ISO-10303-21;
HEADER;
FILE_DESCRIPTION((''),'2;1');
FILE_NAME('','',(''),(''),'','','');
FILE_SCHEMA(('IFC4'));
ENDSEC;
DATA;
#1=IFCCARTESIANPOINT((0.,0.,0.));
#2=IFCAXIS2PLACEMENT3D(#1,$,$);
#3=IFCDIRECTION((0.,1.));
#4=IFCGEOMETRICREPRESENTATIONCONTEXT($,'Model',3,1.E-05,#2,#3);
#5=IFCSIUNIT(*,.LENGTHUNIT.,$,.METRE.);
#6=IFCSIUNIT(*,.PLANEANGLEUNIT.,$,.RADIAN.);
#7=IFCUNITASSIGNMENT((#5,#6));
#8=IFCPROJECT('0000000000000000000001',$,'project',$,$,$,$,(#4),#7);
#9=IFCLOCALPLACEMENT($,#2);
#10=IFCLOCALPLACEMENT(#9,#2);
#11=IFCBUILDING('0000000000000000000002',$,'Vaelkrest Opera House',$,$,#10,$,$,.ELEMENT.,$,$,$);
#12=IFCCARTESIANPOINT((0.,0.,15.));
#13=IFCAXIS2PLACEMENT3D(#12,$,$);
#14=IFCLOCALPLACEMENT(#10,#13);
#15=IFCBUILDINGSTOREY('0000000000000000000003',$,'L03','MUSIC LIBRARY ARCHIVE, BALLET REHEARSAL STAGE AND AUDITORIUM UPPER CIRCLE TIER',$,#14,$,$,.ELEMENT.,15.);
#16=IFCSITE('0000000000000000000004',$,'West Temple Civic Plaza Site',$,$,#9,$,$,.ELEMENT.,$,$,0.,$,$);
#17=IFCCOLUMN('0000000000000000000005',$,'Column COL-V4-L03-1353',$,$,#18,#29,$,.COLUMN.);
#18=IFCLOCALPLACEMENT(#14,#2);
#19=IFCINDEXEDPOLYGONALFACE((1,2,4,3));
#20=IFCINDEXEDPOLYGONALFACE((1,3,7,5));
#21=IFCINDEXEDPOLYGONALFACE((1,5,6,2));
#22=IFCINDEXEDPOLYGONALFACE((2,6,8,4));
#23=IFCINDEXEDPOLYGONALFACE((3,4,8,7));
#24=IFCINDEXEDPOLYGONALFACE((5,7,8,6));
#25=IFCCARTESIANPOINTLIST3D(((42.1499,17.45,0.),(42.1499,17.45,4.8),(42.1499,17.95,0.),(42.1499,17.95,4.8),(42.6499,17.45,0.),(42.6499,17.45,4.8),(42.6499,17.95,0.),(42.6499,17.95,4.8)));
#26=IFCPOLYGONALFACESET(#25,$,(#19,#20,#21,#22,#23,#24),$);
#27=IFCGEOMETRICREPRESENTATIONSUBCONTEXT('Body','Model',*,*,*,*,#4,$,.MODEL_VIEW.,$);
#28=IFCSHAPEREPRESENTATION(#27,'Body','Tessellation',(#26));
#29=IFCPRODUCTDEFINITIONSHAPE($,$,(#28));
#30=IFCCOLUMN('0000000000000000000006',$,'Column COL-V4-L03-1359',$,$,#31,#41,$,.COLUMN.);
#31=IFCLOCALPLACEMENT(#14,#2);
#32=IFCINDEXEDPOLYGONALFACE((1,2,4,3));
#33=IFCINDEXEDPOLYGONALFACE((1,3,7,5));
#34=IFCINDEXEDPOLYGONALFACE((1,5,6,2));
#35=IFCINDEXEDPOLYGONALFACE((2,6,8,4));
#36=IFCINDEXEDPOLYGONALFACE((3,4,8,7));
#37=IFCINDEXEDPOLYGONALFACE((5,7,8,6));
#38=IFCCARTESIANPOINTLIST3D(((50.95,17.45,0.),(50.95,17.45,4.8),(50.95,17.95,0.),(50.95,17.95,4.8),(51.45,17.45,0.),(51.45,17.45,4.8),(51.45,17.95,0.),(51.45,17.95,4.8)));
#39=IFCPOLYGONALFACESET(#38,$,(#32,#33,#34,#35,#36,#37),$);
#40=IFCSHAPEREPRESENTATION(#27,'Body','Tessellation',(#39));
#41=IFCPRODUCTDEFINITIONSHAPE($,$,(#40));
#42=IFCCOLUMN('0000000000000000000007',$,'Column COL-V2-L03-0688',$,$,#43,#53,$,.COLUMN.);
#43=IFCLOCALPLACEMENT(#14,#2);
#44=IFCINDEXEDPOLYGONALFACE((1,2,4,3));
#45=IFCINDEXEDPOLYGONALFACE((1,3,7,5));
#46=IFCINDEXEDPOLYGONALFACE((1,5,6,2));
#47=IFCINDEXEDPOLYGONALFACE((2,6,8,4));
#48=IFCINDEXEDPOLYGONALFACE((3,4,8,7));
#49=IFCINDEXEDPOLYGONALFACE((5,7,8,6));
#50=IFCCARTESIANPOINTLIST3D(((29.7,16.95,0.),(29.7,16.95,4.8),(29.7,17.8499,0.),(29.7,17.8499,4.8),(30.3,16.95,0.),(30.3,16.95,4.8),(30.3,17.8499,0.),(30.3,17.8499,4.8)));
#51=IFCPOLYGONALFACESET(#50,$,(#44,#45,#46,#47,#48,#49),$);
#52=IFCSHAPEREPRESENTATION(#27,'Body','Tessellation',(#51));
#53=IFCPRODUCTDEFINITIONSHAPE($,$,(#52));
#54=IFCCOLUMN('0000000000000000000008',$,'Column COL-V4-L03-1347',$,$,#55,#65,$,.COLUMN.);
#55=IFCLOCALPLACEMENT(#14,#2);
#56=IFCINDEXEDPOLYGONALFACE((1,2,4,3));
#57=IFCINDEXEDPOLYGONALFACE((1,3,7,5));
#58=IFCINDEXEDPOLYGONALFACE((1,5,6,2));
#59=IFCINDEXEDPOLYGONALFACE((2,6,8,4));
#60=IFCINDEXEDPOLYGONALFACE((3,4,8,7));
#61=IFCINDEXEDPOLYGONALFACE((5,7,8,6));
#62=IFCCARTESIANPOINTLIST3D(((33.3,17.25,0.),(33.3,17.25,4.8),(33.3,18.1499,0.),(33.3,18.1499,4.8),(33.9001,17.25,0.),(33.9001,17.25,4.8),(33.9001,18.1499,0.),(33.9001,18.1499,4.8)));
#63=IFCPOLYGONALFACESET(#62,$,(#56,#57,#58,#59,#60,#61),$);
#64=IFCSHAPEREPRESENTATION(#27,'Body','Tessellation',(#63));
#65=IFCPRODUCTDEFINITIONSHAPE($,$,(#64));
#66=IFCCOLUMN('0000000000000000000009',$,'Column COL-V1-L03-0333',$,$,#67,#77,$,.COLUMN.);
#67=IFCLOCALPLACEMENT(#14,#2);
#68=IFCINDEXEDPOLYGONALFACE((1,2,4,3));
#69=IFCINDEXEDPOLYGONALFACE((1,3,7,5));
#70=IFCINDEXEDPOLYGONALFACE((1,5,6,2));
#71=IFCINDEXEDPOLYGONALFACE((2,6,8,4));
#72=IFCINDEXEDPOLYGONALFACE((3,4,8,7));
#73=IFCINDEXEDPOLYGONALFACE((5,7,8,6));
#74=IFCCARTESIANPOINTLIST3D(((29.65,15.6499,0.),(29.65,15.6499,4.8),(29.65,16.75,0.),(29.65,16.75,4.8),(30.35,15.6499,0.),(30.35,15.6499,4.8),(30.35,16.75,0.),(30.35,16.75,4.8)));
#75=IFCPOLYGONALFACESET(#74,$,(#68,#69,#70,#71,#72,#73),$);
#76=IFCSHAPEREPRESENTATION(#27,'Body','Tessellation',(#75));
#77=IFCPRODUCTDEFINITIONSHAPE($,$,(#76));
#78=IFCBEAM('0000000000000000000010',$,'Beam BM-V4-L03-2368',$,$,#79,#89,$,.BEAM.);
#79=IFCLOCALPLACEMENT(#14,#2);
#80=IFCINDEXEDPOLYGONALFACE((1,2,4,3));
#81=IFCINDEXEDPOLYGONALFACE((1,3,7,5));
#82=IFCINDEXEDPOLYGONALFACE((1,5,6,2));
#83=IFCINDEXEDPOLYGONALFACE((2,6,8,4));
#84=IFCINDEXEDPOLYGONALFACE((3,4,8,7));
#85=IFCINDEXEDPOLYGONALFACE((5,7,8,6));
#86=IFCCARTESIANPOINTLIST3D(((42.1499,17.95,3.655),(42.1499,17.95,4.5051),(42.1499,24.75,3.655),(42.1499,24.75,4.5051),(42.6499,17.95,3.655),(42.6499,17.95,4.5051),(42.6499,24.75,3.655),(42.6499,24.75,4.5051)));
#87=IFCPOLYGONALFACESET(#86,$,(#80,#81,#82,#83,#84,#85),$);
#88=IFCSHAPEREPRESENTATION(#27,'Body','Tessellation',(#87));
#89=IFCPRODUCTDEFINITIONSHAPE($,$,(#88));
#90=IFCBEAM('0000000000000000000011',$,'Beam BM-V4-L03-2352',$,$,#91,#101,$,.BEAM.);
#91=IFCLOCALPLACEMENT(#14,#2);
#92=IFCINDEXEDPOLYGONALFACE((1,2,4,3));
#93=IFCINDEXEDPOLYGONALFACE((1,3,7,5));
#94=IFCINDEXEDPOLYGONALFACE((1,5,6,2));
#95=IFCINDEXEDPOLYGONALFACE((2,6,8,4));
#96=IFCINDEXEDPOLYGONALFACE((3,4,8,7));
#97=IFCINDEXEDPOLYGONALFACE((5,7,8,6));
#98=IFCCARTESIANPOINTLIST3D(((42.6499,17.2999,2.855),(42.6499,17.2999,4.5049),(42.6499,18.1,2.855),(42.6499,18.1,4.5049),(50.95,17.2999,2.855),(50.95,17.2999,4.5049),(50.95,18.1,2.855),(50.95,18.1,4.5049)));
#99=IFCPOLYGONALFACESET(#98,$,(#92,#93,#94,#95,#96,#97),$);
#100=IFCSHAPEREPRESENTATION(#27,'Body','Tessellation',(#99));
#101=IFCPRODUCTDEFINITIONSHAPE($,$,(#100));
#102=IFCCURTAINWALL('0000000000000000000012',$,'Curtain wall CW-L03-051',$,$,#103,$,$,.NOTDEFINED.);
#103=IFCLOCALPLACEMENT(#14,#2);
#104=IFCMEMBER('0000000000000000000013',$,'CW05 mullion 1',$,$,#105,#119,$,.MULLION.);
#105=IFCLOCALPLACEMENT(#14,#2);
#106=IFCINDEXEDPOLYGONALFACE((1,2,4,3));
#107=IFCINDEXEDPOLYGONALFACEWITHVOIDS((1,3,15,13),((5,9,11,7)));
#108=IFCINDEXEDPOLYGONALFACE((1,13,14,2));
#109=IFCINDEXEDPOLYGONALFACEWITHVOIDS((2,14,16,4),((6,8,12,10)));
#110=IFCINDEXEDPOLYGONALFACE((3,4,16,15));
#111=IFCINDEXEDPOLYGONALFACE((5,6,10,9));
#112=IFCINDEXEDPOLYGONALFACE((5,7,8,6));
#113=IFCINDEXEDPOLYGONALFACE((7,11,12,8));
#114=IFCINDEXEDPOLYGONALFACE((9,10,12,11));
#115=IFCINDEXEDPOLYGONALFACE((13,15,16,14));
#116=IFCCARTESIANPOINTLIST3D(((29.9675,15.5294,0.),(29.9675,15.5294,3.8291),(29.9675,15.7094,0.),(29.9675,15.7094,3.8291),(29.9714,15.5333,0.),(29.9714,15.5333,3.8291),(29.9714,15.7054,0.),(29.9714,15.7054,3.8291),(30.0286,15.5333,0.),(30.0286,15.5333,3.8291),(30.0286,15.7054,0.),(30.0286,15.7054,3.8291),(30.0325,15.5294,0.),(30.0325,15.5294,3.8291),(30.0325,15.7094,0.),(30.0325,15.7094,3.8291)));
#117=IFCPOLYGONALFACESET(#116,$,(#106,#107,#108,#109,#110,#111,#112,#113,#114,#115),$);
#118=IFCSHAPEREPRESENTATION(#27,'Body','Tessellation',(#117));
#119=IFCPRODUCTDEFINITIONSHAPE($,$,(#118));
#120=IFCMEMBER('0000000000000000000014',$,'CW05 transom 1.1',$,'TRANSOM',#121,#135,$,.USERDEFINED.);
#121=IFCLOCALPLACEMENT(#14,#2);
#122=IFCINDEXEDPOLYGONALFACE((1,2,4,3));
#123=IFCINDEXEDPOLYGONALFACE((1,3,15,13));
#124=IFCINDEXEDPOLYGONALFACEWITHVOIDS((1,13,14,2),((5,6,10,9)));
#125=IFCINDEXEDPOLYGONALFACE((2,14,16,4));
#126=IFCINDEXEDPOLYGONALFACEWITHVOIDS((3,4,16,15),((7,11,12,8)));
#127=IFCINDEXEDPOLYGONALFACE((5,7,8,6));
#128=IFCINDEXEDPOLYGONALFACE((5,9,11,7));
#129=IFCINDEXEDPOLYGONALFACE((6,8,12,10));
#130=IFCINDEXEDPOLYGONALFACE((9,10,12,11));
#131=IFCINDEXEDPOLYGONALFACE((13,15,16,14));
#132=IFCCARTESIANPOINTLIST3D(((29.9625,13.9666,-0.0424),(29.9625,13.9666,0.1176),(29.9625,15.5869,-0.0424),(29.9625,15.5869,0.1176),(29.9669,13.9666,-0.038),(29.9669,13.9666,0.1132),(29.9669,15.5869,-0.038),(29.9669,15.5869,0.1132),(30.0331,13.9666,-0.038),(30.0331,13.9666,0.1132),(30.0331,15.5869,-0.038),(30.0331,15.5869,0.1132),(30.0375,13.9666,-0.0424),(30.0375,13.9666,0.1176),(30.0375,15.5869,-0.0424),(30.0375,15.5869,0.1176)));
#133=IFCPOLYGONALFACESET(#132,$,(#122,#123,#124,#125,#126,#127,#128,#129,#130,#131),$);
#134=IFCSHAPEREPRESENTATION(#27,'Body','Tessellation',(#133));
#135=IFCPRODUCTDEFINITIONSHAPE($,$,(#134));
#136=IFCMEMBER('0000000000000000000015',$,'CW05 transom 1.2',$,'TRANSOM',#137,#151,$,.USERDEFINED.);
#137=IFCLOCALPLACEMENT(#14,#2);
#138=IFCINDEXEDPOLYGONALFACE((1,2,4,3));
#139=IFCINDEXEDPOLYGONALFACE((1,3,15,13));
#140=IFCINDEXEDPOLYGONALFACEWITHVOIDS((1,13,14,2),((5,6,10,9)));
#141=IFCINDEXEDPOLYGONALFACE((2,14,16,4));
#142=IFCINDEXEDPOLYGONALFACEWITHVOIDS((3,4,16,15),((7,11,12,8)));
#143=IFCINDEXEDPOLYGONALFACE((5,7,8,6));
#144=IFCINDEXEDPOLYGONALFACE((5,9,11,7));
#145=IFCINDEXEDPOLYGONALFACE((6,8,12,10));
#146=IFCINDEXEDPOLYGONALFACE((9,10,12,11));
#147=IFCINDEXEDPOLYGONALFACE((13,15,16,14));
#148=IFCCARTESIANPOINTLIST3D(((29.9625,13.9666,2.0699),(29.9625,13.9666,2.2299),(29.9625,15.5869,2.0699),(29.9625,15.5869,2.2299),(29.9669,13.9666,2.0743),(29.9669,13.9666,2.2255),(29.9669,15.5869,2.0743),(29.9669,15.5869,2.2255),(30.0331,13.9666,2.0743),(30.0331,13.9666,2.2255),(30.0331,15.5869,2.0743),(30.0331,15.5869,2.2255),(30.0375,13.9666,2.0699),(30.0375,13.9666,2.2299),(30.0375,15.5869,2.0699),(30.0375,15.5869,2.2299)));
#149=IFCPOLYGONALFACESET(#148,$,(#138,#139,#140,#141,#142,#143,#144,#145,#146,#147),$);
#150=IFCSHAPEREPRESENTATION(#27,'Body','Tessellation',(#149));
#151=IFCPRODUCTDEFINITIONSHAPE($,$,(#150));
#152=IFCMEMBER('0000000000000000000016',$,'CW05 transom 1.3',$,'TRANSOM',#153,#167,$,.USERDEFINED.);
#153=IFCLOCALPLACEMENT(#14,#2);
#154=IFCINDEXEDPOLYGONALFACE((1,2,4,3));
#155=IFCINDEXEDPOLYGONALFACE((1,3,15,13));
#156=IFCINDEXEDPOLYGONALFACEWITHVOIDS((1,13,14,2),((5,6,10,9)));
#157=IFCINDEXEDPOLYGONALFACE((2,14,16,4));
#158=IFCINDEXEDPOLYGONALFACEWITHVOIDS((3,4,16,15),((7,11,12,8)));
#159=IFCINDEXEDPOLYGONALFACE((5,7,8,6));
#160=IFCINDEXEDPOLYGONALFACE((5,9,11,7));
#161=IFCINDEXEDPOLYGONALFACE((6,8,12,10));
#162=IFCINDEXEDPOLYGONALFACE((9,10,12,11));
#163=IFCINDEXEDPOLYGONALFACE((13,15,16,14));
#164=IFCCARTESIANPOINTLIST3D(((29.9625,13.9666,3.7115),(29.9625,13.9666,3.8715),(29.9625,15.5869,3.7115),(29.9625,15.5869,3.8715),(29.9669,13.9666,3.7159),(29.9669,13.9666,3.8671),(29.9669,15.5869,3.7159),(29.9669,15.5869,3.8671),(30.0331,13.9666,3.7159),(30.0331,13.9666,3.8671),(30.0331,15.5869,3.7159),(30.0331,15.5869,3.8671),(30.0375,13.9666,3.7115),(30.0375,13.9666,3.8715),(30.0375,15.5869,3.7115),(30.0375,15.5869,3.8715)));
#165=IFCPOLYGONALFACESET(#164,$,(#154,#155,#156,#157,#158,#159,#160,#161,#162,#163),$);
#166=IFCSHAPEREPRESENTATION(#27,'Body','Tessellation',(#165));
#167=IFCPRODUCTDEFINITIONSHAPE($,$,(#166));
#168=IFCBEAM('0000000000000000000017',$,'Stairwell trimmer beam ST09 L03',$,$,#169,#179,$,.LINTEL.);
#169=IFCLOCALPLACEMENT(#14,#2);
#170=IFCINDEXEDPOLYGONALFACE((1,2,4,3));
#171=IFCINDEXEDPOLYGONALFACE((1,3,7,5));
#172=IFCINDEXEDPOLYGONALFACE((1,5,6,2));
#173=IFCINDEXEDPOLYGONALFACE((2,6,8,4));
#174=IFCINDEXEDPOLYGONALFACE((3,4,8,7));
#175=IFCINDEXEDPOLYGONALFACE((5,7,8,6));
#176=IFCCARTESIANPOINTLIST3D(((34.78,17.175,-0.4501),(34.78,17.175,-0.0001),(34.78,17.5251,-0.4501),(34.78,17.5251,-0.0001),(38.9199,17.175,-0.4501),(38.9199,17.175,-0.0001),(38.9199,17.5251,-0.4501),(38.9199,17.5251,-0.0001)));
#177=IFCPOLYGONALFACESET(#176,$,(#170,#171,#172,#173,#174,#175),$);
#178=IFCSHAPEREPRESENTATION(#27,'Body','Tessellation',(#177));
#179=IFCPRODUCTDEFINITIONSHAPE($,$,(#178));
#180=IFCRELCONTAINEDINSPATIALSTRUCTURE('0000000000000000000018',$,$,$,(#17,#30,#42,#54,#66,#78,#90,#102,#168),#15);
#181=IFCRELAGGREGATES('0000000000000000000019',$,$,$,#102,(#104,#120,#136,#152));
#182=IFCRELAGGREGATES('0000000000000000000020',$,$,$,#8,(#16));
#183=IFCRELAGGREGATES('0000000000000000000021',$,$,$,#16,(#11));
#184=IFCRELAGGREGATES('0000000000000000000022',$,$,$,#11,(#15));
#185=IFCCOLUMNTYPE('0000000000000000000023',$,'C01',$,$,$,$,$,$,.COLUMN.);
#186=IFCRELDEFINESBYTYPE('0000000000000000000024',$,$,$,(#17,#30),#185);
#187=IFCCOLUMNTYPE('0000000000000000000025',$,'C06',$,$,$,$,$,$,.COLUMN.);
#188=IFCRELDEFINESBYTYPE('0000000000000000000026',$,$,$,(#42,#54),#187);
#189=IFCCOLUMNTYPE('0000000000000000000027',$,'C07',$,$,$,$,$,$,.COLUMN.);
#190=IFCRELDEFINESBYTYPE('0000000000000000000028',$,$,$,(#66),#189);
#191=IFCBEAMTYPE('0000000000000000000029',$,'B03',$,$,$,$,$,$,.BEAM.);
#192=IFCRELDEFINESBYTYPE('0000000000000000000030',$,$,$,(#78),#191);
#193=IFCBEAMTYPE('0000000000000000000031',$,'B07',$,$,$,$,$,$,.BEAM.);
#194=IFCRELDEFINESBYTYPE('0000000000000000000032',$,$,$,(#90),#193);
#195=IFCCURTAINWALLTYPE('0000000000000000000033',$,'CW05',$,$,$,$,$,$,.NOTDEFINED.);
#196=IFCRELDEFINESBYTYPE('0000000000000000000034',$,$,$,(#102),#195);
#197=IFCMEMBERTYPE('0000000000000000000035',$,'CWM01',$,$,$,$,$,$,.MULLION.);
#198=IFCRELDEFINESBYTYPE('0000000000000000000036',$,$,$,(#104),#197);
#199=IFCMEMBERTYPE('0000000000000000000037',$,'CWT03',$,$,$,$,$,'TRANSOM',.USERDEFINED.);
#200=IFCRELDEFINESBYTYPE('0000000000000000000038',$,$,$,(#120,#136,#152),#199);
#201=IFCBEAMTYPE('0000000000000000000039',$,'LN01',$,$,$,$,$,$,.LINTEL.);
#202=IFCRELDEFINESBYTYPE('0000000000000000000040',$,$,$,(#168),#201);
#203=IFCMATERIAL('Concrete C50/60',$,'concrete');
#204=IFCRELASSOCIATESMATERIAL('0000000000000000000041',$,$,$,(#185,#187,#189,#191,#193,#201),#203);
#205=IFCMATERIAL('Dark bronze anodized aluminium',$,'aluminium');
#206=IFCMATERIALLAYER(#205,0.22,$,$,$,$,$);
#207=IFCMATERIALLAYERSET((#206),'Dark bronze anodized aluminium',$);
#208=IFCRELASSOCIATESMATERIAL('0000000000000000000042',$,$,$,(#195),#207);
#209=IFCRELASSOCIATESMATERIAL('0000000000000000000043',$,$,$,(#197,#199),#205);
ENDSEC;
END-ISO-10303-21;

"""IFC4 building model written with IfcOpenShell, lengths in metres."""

from ifc_helpers import new_model, si_unit, direction, frame, origin, origin_2d, place, context, subcontext, project, spatial, rectangle, hollow_rectangle, extrude, material, layer, layer_set, material_profile, profile_set, type_object, element, aggregate, save


model = new_model("IFC4")

# Units and contexts
model_context = context("Model", 3, precision=1e-05, world=origin(), true_north=direction((0.0, 1.0)))
body_context = subcontext(model_context, "Body", "Model", "MODEL_VIEW")
ifc_project = project(units=[si_unit("LENGTHUNIT", "METRE"), si_unit("PLANEANGLEUNIT", "RADIAN")], contexts=[model_context])

# Site, building, storey
site_placement = place(None, origin())
site = spatial("IfcSite", under=ifc_project, at=site_placement, Name="West Temple Civic Plaza Site", CompositionType="ELEMENT", RefElevation=0.0)
building_placement = place(site_placement, origin())
building = spatial("IfcBuilding", under=site, at=building_placement, Name="Vaelkrest Opera House", CompositionType="ELEMENT")
storey_placement = place(building_placement, frame((0.0, 0.0, 15.0)))
storey = spatial("IfcBuildingStorey", under=building, at=storey_placement, Name="L03", Description="MUSIC LIBRARY ARCHIVE, BALLET REHEARSAL STAGE AND AUDITORIUM UPPER CIRCLE TIER", CompositionType="ELEMENT", Elevation=15.0)

# Columns
ifc_material_1 = material(Name="Concrete C50/60", Category="concrete")
ifc_material_profile_1 = material_profile(ifc_material_1, rectangle(XDim=0.5, YDim=0.5, at=origin_2d()), Name="RC500X500")
ifc_profile_set_1 = profile_set([ifc_material_profile_1], Name="Concrete C50/60")
column_type_1 = type_object("IfcColumnType", Name="C01", PredefinedType="COLUMN", material=ifc_profile_set_1)
for number, where, z_axis, x_axis, name in (
    (1, (42.3999, 17.7, 0.0), (0.0, 0.0, 1.0), (1.0, 0.0, 0.0), "Column COL-V4-L03-1353"),
    (2, (51.2, 17.7, 0.0), (0.0, 0.0, 1.0), (1.0, 0.0, 0.0), "Column COL-V4-L03-1359"),
):
    element("IfcColumn", number, at=place(storey_placement, frame(where, z_axis=z_axis, x_axis=x_axis)), inside=storey, type_object=column_type_1, Name=name, PredefinedType="COLUMN", context=body_context, shape_type="SweptSolid", body=[
        extrude(rectangle(XDim=0.5, YDim=0.5, at=origin_2d()), origin(), (0.0, 0.0, 1.0), 4.8),
    ])
ifc_material_profile_2 = material_profile(ifc_material_1, rectangle(XDim=0.6001, YDim=0.8999, at=origin_2d()), Name="RC600X900")
ifc_profile_set_2 = profile_set([ifc_material_profile_2], Name="Concrete C50/60")
column_type_2 = type_object("IfcColumnType", Name="C06", PredefinedType="COLUMN", material=ifc_profile_set_2)
for number, where, z_axis, x_axis, name in (
    (3, (30.0, 17.3999, 0.0), (0.0, 0.0, 1.0), (1.0, 0.0, 0.0), "Column COL-V2-L03-0688"),
    (4, (33.6001, 17.7, 0.0), (0.0, 0.0, 1.0), (1.0, 0.0, 0.0), "Column COL-V4-L03-1347"),
):
    element("IfcColumn", number, at=place(storey_placement, frame(where, z_axis=z_axis, x_axis=x_axis)), inside=storey, type_object=column_type_2, Name=name, PredefinedType="COLUMN", context=body_context, shape_type="SweptSolid", body=[
        extrude(rectangle(XDim=0.6001, YDim=0.8999, at=origin_2d()), origin(), (0.0, 0.0, 1.0), 4.8),
    ])
ifc_material_profile_3 = material_profile(ifc_material_1, rectangle(XDim=0.7, YDim=1.1001, at=origin_2d()), Name="RC700X1100")
ifc_profile_set_3 = profile_set([ifc_material_profile_3], Name="Concrete C50/60")
column_type_3 = type_object("IfcColumnType", Name="C07", PredefinedType="COLUMN", material=ifc_profile_set_3)
column_placement = place(storey_placement, frame((30.0, 16.2, 0.0), z_axis=(0.0, 0.0, 1.0), x_axis=(1.0, 0.0, 0.0)))
element("IfcColumn", 5, at=column_placement, inside=storey, type_object=column_type_3, Name="Column COL-V1-L03-0333", PredefinedType="COLUMN", context=body_context, shape_type="SweptSolid", body=[
    extrude(rectangle(XDim=0.7, YDim=1.1001, at=origin_2d()), origin(), (0.0, 0.0, 1.0), 4.8),
])

# Beams
ifc_material_profile_4 = material_profile(ifc_material_1, rectangle(XDim=0.5, YDim=0.8501, at=origin_2d()), Name="RCB500X850")
ifc_profile_set_4 = profile_set([ifc_material_profile_4], Name="Concrete C50/60")
beam_type_1 = type_object("IfcBeamType", Name="B03", PredefinedType="BEAM", material=ifc_profile_set_4)
beam_1_placement = place(storey_placement, frame((42.3999, 17.95, 4.0801), z_axis=(0.0, 1.0, 0.0), x_axis=(-1.0, 0.0, 0.0)))
element("IfcBeam", 6, at=beam_1_placement, inside=storey, type_object=beam_type_1, Name="Beam BM-V4-L03-2368", PredefinedType="BEAM", context=body_context, shape_type="SweptSolid", body=[
    extrude(rectangle(XDim=0.5, YDim=0.8501, at=origin_2d()), origin(), (0.0, 0.0, 1.0), 6.8),
])
ifc_material_profile_5 = material_profile(ifc_material_1, rectangle(XDim=0.8, YDim=1.6499, at=origin_2d()), Name="RCB800X1650")
ifc_profile_set_5 = profile_set([ifc_material_profile_5], Name="Concrete C50/60")
beam_type_2 = type_object("IfcBeamType", Name="B07", PredefinedType="BEAM", material=ifc_profile_set_5)
beam_2_placement = place(storey_placement, frame((42.6499, 17.7, 3.6799), z_axis=(1.0, 0.0, 0.0), x_axis=(0.0, 1.0, 0.0)))
element("IfcBeam", 7, at=beam_2_placement, inside=storey, type_object=beam_type_2, Name="Beam BM-V4-L03-2352", PredefinedType="BEAM", context=body_context, shape_type="SweptSolid", body=[
    extrude(rectangle(XDim=0.8, YDim=1.6499, at=origin_2d()), origin(), (0.0, 0.0, 1.0), 8.3),
])

# Curtain wall, members
ifc_material_2 = material(Name="Dark bronze anodized aluminium", Category="aluminium")
ifc_layer_1 = layer(ifc_material_2, 0.22)
ifc_layer_set_1 = layer_set([ifc_layer_1], Name="Dark bronze anodized aluminium")
curtain_wall_type = type_object("IfcCurtainWallType", Name="CW05", PredefinedType="NOTDEFINED", material=ifc_layer_set_1)
curtain_wall_placement = place(storey_placement, origin())
curtain_wall = element("IfcCurtainWall", 8, at=curtain_wall_placement, inside=storey, type_object=curtain_wall_type, Name="Curtain wall CW-L03-051", PredefinedType="NOTDEFINED")
ifc_material_profile_6 = material_profile(ifc_material_2, hollow_rectangle(XDim=0.0649, YDim=0.1799, WallThickness=0.0039, at=origin_2d()), Name="CWM65X180")
ifc_profile_set_6 = profile_set([ifc_material_profile_6], Name="Dark bronze anodized aluminium")
member_type_1 = type_object("IfcMemberType", Name="CWM01", PredefinedType="MULLION", material=ifc_profile_set_6)
member_1_placement = place(storey_placement, frame((30.0, 15.6194, 0.0), z_axis=(0.0, 0.0, 1.0), x_axis=(1.0, 0.0, 0.0)))
member_1 = element("IfcMember", 9, at=member_1_placement, type_object=member_type_1, Name="CW05 mullion 1", PredefinedType="MULLION", context=body_context, shape_type="SweptSolid", body=[
    extrude(hollow_rectangle(XDim=0.0649, YDim=0.1799, WallThickness=0.0039, at=origin_2d()), origin(), (0.0, 0.0, 1.0), 3.8291),
])
ifc_material_profile_7 = material_profile(ifc_material_2, hollow_rectangle(XDim=0.075, YDim=0.1599, WallThickness=0.0044, at=origin_2d()), Name="CWT75X160")
ifc_profile_set_7 = profile_set([ifc_material_profile_7], Name="Dark bronze anodized aluminium")
member_type_2 = type_object("IfcMemberType", Name="CWT03", ElementType="TRANSOM", PredefinedType="USERDEFINED", material=ifc_profile_set_7)
member_2_placement = place(storey_placement, frame((30.0, 15.5869, 0.0376), z_axis=(0.0, -1.0, 0.0), x_axis=(1.0, 0.0, 0.0)))
member_2 = element("IfcMember", 10, at=member_2_placement, type_object=member_type_2, Name="CW05 transom 1.1", ObjectType="TRANSOM", PredefinedType="USERDEFINED", context=body_context, shape_type="SweptSolid", body=[
    extrude(hollow_rectangle(XDim=0.075, YDim=0.1599, WallThickness=0.0044, at=origin_2d()), origin(), (0.0, 0.0, 1.0), 1.6204),
])
member_3_placement = place(storey_placement, frame((30.0, 15.5869, 2.1499), z_axis=(0.0, -1.0, 0.0), x_axis=(1.0, 0.0, 0.0)))
member_3 = element("IfcMember", 11, at=member_3_placement, type_object=member_type_2, Name="CW05 transom 1.2", ObjectType="TRANSOM", PredefinedType="USERDEFINED", context=body_context, shape_type="SweptSolid", body=[
    extrude(hollow_rectangle(XDim=0.075, YDim=0.1599, WallThickness=0.0044, at=origin_2d()), origin(), (0.0, 0.0, 1.0), 1.6204),
])
member_4_placement = place(storey_placement, frame((30.0, 15.5869, 3.7915), z_axis=(0.0, -1.0, 0.0), x_axis=(1.0, 0.0, 0.0)))
member_4 = element("IfcMember", 12, at=member_4_placement, type_object=member_type_2, Name="CW05 transom 1.3", ObjectType="TRANSOM", PredefinedType="USERDEFINED", context=body_context, shape_type="SweptSolid", body=[
    extrude(hollow_rectangle(XDim=0.075, YDim=0.1599, WallThickness=0.0044, at=origin_2d()), origin(), (0.0, 0.0, 1.0), 1.6204),
])

# Beam
ifc_material_profile_8 = material_profile(ifc_material_1, rectangle(XDim=0.3501, YDim=0.45, at=origin_2d()), Name="RCB350X450")
ifc_profile_set_8 = profile_set([ifc_material_profile_8], Name="Concrete C50/60")
beam_type_3 = type_object("IfcBeamType", Name="LN01", PredefinedType="LINTEL", material=ifc_profile_set_8)
beam_3_placement = place(storey_placement, frame((34.78, 17.3501, -0.2251), z_axis=(1.0, 0.0, 0.0), x_axis=(0.0, 1.0, 0.0)))
element("IfcBeam", 13, at=beam_3_placement, inside=storey, type_object=beam_type_3, Name="Stairwell trimmer beam ST09 L03", PredefinedType="LINTEL", context=body_context, shape_type="SweptSolid", body=[
    extrude(rectangle(XDim=0.3501, YDim=0.45, at=origin_2d()), origin(), (0.0, 0.0, 1.0), 4.1399),
])

aggregate(curtain_wall, [member_1, member_2, member_3, member_4])

save(model, "model.ifc")
